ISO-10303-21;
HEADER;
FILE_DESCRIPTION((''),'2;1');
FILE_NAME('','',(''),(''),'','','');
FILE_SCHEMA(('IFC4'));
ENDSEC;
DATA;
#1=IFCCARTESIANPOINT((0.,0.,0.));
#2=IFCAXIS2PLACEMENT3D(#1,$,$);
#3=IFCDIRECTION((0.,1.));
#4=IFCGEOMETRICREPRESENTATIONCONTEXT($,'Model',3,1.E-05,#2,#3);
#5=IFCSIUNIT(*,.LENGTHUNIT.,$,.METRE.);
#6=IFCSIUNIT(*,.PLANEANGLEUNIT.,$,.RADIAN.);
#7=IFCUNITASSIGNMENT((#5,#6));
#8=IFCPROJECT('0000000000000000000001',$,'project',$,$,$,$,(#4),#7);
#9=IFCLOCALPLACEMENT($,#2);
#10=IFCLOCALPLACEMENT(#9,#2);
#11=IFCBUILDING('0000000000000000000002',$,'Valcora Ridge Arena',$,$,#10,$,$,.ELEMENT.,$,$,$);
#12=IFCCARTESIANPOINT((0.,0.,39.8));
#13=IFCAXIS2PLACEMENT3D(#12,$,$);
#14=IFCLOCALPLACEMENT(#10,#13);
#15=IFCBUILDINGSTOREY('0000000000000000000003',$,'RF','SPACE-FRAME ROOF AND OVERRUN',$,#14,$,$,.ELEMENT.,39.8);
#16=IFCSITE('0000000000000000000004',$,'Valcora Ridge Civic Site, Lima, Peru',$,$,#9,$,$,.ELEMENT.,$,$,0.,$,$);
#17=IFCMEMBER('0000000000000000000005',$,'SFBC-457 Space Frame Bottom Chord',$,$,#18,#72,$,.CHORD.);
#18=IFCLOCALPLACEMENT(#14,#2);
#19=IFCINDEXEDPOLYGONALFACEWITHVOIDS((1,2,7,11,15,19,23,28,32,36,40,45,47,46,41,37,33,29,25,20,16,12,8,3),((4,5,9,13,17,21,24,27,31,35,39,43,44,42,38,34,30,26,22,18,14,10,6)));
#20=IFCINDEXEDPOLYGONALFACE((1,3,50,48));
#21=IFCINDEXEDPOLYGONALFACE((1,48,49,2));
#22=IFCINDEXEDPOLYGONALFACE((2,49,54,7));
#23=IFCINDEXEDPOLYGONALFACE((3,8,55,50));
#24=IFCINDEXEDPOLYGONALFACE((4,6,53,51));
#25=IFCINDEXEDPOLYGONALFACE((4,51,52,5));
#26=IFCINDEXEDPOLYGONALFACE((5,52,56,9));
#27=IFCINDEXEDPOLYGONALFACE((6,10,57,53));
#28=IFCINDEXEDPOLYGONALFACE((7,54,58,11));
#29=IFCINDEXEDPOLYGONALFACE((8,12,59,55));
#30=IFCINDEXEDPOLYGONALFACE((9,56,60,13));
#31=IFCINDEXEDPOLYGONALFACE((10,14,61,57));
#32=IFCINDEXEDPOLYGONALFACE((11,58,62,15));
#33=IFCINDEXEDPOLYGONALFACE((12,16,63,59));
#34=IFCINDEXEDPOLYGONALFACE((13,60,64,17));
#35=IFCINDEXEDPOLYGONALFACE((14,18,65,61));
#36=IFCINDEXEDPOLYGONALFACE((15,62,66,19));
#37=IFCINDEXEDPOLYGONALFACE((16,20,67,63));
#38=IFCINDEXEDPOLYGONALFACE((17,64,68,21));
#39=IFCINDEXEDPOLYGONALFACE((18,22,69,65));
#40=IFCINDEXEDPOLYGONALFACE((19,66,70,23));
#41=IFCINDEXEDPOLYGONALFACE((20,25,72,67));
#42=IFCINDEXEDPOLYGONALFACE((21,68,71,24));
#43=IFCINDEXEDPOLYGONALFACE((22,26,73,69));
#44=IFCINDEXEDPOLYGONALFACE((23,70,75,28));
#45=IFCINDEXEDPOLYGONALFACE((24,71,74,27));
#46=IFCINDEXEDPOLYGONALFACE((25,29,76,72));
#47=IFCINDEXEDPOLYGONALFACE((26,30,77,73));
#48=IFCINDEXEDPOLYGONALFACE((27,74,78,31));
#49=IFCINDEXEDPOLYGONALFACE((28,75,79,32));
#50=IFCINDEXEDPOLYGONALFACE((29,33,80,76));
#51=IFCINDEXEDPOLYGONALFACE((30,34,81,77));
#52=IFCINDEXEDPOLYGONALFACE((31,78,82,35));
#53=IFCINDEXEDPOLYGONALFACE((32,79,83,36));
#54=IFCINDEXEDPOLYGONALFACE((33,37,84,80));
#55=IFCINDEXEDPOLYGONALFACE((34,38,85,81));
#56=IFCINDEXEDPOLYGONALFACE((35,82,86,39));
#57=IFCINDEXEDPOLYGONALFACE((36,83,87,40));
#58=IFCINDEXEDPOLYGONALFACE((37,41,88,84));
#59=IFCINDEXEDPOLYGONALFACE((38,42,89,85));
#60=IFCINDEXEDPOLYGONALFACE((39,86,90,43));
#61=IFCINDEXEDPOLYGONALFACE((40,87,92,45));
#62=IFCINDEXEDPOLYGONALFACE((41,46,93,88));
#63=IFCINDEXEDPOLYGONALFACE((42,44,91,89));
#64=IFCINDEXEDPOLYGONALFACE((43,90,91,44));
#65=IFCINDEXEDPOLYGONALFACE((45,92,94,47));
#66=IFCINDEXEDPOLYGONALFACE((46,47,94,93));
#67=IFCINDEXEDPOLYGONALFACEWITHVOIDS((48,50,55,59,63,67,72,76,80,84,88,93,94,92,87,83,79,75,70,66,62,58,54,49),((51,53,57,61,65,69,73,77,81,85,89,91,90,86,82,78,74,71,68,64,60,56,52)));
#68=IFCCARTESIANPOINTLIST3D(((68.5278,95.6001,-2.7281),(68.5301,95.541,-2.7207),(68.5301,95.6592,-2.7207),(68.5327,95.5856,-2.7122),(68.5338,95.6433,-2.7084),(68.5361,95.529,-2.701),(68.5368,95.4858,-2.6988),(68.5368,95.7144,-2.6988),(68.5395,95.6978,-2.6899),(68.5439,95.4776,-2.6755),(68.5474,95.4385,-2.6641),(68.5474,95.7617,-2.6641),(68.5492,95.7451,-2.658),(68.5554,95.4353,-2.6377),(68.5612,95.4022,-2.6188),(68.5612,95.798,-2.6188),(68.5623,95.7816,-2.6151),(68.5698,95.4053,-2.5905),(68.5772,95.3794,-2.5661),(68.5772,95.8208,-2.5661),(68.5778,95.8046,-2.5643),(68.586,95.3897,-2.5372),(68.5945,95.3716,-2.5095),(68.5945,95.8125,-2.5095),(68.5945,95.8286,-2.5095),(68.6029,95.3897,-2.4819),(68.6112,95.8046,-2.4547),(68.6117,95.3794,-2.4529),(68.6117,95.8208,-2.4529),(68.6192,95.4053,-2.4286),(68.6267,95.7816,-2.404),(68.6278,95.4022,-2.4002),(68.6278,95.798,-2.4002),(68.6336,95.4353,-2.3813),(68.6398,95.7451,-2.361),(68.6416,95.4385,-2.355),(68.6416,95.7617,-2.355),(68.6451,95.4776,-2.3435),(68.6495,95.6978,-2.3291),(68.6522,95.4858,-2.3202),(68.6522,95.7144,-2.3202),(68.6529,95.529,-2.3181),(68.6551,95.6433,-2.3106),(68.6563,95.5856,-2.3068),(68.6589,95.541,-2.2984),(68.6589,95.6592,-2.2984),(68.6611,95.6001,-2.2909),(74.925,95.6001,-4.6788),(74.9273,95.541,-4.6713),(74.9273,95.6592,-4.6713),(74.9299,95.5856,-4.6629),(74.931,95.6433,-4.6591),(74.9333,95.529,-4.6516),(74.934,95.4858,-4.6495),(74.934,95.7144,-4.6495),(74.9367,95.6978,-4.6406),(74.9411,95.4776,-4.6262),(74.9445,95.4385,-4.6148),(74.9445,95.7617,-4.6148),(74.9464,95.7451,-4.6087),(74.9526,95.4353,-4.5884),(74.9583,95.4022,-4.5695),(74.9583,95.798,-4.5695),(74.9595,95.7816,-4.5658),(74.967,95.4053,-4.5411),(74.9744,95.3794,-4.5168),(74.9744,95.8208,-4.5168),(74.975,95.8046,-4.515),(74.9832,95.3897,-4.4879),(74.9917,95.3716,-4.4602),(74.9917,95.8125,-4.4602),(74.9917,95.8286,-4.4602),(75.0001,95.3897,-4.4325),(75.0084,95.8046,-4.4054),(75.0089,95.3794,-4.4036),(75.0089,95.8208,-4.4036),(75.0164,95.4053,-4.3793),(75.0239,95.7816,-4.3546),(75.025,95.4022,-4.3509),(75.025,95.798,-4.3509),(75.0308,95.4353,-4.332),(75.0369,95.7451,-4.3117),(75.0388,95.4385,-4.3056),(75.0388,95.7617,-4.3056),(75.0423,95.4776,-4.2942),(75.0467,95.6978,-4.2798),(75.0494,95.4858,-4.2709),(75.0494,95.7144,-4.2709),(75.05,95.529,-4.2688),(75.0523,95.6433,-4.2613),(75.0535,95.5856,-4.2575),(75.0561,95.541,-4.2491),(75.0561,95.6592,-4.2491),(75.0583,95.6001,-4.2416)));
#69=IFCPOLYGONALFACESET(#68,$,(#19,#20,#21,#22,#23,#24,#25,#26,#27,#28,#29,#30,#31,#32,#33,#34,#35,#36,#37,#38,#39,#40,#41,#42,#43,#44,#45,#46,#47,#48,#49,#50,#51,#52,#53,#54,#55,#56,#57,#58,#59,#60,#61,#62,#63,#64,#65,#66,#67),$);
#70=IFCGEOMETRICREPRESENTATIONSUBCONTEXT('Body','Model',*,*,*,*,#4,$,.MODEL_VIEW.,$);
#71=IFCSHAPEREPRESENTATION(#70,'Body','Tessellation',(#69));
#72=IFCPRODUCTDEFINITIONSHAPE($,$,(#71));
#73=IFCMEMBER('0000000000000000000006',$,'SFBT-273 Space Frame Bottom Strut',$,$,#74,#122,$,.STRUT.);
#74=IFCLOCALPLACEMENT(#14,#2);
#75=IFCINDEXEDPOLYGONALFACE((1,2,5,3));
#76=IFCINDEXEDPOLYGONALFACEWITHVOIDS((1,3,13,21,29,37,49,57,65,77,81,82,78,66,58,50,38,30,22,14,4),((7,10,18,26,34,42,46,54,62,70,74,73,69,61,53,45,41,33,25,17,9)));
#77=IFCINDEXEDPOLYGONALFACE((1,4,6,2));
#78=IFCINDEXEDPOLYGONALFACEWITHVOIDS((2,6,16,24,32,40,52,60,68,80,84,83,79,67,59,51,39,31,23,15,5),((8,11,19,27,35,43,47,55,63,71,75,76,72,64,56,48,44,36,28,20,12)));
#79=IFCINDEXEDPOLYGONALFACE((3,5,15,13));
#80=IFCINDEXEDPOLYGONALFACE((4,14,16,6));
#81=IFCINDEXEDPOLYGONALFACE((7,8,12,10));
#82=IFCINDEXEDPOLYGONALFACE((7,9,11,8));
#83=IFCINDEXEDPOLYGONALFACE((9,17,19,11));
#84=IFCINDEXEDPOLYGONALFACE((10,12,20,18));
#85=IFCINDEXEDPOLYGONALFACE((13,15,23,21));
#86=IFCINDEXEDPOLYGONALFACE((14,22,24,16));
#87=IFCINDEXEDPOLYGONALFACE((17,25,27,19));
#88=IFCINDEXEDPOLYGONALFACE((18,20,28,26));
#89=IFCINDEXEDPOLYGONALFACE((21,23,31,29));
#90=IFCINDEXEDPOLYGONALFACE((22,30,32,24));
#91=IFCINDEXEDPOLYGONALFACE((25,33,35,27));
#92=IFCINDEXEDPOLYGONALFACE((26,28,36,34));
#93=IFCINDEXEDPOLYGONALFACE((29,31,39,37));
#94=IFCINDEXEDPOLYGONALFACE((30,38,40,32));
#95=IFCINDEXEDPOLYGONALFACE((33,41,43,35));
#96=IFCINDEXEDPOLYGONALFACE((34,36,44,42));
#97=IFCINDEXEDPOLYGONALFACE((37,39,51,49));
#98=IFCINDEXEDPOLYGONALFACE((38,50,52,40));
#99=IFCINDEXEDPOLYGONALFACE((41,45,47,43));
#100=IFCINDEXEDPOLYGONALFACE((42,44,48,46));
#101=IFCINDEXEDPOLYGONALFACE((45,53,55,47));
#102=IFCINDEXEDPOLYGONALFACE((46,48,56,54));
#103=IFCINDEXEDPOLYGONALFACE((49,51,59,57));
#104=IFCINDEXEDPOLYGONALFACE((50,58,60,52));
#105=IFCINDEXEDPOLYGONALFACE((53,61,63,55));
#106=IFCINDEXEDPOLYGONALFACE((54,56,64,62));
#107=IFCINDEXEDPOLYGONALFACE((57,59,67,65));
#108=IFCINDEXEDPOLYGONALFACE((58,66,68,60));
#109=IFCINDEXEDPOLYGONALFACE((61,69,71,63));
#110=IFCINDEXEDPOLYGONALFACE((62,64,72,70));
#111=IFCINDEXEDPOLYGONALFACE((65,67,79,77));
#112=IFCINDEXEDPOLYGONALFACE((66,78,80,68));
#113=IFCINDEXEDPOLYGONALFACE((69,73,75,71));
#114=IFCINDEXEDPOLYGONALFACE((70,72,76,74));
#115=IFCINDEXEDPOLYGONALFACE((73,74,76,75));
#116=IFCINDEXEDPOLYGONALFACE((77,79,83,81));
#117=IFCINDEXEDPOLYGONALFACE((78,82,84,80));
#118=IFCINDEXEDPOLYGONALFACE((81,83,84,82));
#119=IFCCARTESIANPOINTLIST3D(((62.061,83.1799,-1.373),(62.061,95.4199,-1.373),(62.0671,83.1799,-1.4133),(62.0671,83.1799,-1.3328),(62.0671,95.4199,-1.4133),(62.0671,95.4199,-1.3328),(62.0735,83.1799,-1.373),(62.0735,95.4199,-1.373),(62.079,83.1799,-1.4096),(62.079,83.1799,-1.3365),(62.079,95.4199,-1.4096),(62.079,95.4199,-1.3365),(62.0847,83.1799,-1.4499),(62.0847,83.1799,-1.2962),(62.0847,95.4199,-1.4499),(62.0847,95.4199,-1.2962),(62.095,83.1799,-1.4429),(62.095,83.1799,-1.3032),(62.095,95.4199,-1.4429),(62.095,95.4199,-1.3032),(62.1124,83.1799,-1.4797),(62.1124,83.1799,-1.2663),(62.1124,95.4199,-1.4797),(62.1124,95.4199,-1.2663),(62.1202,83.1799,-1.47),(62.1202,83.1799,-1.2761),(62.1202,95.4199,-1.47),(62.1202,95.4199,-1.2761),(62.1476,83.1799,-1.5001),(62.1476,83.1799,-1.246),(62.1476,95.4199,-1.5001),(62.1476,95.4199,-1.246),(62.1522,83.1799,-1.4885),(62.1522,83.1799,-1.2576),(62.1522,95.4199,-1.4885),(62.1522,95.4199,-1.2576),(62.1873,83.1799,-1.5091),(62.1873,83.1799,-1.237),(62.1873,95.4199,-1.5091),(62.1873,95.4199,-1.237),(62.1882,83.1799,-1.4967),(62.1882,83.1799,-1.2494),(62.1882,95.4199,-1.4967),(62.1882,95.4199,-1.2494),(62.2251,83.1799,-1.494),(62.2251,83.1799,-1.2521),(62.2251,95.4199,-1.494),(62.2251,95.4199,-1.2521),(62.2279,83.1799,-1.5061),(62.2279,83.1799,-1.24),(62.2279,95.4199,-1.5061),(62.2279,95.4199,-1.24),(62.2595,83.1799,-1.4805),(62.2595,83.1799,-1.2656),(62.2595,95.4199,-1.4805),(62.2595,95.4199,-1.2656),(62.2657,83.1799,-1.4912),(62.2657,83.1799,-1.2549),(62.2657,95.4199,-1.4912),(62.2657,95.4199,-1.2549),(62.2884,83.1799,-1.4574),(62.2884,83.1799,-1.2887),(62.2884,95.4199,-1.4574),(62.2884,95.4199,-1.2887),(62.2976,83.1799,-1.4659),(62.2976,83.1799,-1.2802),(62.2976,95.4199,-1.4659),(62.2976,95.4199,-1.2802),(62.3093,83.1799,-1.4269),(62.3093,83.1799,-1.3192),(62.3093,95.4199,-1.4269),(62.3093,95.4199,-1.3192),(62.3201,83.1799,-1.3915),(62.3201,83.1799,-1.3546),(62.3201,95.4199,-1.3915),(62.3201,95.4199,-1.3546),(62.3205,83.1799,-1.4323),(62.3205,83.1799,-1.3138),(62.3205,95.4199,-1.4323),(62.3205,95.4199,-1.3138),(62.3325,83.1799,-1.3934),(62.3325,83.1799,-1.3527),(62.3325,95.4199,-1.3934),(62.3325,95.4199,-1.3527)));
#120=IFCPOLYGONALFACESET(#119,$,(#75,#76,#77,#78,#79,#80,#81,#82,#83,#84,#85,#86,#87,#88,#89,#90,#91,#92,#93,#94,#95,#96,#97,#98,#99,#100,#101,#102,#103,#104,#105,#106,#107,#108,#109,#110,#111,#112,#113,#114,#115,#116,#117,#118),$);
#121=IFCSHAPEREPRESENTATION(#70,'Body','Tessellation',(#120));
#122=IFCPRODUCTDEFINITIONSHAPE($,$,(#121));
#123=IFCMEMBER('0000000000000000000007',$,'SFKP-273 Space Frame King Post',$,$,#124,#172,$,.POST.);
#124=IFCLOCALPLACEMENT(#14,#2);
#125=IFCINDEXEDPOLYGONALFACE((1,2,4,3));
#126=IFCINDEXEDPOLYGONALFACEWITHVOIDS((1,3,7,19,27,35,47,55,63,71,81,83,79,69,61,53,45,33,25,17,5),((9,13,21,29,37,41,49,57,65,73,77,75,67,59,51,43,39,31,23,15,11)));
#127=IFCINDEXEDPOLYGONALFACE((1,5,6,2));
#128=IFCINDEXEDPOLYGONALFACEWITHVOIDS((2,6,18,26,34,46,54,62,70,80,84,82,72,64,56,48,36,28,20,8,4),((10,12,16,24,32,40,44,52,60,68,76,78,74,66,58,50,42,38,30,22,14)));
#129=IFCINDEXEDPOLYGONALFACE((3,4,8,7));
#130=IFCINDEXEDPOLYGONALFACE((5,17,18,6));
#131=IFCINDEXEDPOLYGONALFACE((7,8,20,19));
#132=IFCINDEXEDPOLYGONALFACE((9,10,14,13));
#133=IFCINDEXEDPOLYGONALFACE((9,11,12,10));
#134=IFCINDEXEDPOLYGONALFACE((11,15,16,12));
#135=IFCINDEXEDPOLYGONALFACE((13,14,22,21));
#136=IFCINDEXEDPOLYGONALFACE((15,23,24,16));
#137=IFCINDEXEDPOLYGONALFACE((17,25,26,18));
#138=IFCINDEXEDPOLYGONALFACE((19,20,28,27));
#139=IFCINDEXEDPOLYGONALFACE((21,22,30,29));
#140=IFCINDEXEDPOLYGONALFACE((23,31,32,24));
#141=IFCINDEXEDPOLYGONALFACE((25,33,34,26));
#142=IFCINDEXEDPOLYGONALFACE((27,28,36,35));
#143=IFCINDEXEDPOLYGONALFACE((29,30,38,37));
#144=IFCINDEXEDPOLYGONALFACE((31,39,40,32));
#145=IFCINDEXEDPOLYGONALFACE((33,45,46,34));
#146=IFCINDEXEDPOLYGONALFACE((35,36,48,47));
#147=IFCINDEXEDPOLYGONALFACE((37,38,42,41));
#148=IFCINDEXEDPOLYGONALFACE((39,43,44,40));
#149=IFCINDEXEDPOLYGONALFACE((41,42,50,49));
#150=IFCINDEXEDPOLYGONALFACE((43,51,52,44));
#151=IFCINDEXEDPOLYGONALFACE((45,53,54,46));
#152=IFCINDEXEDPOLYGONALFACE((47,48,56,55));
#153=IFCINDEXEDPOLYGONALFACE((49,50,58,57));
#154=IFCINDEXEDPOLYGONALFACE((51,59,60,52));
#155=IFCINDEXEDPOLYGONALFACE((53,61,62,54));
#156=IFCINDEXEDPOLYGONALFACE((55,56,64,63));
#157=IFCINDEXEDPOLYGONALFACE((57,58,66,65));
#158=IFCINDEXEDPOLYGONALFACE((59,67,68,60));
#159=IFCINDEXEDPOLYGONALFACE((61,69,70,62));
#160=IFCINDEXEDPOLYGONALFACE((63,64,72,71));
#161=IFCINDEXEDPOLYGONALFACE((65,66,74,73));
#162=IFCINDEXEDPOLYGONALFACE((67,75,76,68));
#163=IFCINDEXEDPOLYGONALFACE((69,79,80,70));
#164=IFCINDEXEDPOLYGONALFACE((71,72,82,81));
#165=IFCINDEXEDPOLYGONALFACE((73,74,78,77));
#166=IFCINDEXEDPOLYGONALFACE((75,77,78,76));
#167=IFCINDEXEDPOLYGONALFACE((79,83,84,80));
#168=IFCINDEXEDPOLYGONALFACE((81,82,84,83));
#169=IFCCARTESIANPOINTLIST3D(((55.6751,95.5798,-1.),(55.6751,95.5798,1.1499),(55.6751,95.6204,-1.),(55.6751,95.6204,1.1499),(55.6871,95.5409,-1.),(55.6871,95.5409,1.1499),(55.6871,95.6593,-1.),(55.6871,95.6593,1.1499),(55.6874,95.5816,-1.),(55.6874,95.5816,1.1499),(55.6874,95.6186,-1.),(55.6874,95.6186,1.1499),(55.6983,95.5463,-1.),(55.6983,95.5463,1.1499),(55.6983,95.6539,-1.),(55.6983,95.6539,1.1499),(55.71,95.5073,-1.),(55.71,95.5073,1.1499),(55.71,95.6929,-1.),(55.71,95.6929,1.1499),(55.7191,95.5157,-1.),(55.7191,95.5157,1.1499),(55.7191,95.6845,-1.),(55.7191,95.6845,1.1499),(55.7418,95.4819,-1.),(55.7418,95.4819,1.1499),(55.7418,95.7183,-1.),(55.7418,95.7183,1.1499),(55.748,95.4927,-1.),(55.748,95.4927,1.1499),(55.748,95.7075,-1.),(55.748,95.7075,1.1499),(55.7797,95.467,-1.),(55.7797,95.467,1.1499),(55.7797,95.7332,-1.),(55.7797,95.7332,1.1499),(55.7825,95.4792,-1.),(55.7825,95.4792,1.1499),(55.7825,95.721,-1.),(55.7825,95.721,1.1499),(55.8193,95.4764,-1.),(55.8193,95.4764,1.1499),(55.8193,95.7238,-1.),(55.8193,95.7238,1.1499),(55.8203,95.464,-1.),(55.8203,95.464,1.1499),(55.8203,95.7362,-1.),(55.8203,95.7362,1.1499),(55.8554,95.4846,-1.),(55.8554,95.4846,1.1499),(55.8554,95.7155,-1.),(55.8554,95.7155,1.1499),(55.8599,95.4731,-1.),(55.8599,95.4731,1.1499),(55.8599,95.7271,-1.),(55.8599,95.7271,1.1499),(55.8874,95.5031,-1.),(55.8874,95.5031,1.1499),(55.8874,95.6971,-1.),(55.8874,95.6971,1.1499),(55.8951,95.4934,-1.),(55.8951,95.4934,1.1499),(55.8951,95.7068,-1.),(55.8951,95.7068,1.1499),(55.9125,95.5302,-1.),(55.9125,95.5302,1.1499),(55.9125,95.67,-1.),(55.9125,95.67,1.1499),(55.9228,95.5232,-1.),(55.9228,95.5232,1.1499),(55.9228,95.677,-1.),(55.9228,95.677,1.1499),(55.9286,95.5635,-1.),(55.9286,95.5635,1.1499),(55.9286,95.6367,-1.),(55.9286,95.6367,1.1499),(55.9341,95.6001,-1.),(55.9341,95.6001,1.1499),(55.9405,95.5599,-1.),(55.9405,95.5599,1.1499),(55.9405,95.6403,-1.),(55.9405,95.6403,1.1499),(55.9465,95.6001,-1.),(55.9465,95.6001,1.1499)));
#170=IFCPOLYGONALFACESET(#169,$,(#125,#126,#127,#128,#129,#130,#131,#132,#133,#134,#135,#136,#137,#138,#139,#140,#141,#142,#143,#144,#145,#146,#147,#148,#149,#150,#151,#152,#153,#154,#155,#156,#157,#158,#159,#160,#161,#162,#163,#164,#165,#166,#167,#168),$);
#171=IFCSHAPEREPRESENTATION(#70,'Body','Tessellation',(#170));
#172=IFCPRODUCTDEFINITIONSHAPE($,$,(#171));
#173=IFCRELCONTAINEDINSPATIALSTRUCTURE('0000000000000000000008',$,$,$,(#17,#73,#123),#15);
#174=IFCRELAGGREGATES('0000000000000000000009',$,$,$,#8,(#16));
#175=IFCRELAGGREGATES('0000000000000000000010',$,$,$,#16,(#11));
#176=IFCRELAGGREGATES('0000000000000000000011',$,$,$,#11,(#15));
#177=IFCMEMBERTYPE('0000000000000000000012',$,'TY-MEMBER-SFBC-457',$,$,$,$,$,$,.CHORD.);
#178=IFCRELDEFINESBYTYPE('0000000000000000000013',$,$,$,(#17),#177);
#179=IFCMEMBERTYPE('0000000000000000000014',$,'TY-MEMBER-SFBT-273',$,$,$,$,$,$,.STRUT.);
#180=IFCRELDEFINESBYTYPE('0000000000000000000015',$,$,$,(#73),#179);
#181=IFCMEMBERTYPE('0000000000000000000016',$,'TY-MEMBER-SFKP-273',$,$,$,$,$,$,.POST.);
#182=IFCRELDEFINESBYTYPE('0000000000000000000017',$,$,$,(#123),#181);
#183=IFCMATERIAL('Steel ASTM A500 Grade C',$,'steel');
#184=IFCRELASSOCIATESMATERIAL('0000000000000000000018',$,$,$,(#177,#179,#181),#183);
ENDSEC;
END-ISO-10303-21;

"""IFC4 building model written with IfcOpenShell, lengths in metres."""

from ifc_helpers import new_model, si_unit, direction, frame, origin, origin_2d, place, context, subcontext, project, spatial, hollow_circle, extrude, material, material_profile, profile_set, type_object, element, save


model = new_model("IFC4")

# Units and contexts
model_context = context("Model", 3, precision=1e-05, world=origin(), true_north=direction((0.0, 1.0)))
body_context = subcontext(model_context, "Body", "Model", "MODEL_VIEW")
ifc_project = project(units=[si_unit("LENGTHUNIT", "METRE"), si_unit("PLANEANGLEUNIT", "RADIAN")], contexts=[model_context])

# Site, building, storey
site_placement = place(None, origin())
site = spatial("IfcSite", under=ifc_project, at=site_placement, Name="Valcora Ridge Civic Site, Lima, Peru", CompositionType="ELEMENT", RefElevation=0.0)
building_placement = place(site_placement, origin())
building = spatial("IfcBuilding", under=site, at=building_placement, Name="Valcora Ridge Arena", CompositionType="ELEMENT")
storey_placement = place(building_placement, frame((0.0, 0.0, 39.8)))
storey = spatial("IfcBuildingStorey", under=building, at=storey_placement, Name="RF", Description="SPACE-FRAME ROOF AND OVERRUN", CompositionType="ELEMENT", Elevation=39.8)

# Members
ifc_material_1 = material(Name="Steel ASTM A500 Grade C", Category="steel")
ifc_material_profile_1 = material_profile(ifc_material_1, hollow_circle(Radius=0.2285, WallThickness=0.0161, at=origin_2d()), Name="CHS457X16")
ifc_profile_set_1 = profile_set([ifc_material_profile_1], Name="Steel ASTM A500 Grade C")
member_type_1 = type_object("IfcMemberType", Name="TY-MEMBER-SFBC-457", PredefinedType="CHORD", material=ifc_profile_set_1)
member_1_placement = place(storey_placement, frame((68.5945, 95.6001, -2.5095), z_axis=(0.956519, 0.0, -0.291669), x_axis=(0.0, 1.0, 0.0)))
element("IfcMember", 1, at=member_1_placement, inside=storey, type_object=member_type_1, Name="SFBC-457 Space Frame Bottom Chord", PredefinedType="CHORD", context=body_context, shape_type="SweptSolid", body=[
    extrude(hollow_circle(Radius=0.2285, WallThickness=0.0161, at=origin_2d()), origin(), (0.0, 0.0, 1.0), 6.688),
])
ifc_material_profile_2 = material_profile(ifc_material_1, hollow_circle(Radius=0.1365, WallThickness=0.0125, at=origin_2d()), Name="CHS273X12")
ifc_profile_set_2 = profile_set([ifc_material_profile_2], Name="Steel ASTM A500 Grade C")
member_type_2 = type_object("IfcMemberType", Name="TY-MEMBER-SFBT-273", PredefinedType="STRUT", material=ifc_profile_set_2)
member_2_placement = place(storey_placement, frame((62.1975, 83.1799, -1.373), z_axis=(0.0, 1.0, 0.0), x_axis=(-1.0, 0.0, 0.0)))
element("IfcMember", 2, at=member_2_placement, inside=storey, type_object=member_type_2, Name="SFBT-273 Space Frame Bottom Strut", PredefinedType="STRUT", context=body_context, shape_type="SweptSolid", body=[
    extrude(hollow_circle(Radius=0.1365, WallThickness=0.0125, at=origin_2d()), origin(), (0.0, 0.0, 1.0), 12.24),
])
ifc_material_profile_3 = material_profile(ifc_material_1, hollow_circle(Radius=0.1365, WallThickness=0.0125, at=origin_2d()), Name="CHS273X12")
ifc_profile_set_3 = profile_set([ifc_material_profile_3], Name="Steel ASTM A500 Grade C")
member_type_3 = type_object("IfcMemberType", Name="TY-MEMBER-SFKP-273", PredefinedType="POST", material=ifc_profile_set_3)
member_3_placement = place(storey_placement, frame((55.8101, 95.6001, -1.0), z_axis=(0.0, 0.0, 1.0), x_axis=(1.0, 0.0, 0.0)))
element("IfcMember", 3, at=member_3_placement, inside=storey, type_object=member_type_3, Name="SFKP-273 Space Frame King Post", PredefinedType="POST", context=body_context, shape_type="SweptSolid", body=[
    extrude(hollow_circle(Radius=0.1365, WallThickness=0.0125, at=origin_2d()), origin(), (0.0, 0.0, 1.0), 2.1499),
])

save(model, "model.ifc")
